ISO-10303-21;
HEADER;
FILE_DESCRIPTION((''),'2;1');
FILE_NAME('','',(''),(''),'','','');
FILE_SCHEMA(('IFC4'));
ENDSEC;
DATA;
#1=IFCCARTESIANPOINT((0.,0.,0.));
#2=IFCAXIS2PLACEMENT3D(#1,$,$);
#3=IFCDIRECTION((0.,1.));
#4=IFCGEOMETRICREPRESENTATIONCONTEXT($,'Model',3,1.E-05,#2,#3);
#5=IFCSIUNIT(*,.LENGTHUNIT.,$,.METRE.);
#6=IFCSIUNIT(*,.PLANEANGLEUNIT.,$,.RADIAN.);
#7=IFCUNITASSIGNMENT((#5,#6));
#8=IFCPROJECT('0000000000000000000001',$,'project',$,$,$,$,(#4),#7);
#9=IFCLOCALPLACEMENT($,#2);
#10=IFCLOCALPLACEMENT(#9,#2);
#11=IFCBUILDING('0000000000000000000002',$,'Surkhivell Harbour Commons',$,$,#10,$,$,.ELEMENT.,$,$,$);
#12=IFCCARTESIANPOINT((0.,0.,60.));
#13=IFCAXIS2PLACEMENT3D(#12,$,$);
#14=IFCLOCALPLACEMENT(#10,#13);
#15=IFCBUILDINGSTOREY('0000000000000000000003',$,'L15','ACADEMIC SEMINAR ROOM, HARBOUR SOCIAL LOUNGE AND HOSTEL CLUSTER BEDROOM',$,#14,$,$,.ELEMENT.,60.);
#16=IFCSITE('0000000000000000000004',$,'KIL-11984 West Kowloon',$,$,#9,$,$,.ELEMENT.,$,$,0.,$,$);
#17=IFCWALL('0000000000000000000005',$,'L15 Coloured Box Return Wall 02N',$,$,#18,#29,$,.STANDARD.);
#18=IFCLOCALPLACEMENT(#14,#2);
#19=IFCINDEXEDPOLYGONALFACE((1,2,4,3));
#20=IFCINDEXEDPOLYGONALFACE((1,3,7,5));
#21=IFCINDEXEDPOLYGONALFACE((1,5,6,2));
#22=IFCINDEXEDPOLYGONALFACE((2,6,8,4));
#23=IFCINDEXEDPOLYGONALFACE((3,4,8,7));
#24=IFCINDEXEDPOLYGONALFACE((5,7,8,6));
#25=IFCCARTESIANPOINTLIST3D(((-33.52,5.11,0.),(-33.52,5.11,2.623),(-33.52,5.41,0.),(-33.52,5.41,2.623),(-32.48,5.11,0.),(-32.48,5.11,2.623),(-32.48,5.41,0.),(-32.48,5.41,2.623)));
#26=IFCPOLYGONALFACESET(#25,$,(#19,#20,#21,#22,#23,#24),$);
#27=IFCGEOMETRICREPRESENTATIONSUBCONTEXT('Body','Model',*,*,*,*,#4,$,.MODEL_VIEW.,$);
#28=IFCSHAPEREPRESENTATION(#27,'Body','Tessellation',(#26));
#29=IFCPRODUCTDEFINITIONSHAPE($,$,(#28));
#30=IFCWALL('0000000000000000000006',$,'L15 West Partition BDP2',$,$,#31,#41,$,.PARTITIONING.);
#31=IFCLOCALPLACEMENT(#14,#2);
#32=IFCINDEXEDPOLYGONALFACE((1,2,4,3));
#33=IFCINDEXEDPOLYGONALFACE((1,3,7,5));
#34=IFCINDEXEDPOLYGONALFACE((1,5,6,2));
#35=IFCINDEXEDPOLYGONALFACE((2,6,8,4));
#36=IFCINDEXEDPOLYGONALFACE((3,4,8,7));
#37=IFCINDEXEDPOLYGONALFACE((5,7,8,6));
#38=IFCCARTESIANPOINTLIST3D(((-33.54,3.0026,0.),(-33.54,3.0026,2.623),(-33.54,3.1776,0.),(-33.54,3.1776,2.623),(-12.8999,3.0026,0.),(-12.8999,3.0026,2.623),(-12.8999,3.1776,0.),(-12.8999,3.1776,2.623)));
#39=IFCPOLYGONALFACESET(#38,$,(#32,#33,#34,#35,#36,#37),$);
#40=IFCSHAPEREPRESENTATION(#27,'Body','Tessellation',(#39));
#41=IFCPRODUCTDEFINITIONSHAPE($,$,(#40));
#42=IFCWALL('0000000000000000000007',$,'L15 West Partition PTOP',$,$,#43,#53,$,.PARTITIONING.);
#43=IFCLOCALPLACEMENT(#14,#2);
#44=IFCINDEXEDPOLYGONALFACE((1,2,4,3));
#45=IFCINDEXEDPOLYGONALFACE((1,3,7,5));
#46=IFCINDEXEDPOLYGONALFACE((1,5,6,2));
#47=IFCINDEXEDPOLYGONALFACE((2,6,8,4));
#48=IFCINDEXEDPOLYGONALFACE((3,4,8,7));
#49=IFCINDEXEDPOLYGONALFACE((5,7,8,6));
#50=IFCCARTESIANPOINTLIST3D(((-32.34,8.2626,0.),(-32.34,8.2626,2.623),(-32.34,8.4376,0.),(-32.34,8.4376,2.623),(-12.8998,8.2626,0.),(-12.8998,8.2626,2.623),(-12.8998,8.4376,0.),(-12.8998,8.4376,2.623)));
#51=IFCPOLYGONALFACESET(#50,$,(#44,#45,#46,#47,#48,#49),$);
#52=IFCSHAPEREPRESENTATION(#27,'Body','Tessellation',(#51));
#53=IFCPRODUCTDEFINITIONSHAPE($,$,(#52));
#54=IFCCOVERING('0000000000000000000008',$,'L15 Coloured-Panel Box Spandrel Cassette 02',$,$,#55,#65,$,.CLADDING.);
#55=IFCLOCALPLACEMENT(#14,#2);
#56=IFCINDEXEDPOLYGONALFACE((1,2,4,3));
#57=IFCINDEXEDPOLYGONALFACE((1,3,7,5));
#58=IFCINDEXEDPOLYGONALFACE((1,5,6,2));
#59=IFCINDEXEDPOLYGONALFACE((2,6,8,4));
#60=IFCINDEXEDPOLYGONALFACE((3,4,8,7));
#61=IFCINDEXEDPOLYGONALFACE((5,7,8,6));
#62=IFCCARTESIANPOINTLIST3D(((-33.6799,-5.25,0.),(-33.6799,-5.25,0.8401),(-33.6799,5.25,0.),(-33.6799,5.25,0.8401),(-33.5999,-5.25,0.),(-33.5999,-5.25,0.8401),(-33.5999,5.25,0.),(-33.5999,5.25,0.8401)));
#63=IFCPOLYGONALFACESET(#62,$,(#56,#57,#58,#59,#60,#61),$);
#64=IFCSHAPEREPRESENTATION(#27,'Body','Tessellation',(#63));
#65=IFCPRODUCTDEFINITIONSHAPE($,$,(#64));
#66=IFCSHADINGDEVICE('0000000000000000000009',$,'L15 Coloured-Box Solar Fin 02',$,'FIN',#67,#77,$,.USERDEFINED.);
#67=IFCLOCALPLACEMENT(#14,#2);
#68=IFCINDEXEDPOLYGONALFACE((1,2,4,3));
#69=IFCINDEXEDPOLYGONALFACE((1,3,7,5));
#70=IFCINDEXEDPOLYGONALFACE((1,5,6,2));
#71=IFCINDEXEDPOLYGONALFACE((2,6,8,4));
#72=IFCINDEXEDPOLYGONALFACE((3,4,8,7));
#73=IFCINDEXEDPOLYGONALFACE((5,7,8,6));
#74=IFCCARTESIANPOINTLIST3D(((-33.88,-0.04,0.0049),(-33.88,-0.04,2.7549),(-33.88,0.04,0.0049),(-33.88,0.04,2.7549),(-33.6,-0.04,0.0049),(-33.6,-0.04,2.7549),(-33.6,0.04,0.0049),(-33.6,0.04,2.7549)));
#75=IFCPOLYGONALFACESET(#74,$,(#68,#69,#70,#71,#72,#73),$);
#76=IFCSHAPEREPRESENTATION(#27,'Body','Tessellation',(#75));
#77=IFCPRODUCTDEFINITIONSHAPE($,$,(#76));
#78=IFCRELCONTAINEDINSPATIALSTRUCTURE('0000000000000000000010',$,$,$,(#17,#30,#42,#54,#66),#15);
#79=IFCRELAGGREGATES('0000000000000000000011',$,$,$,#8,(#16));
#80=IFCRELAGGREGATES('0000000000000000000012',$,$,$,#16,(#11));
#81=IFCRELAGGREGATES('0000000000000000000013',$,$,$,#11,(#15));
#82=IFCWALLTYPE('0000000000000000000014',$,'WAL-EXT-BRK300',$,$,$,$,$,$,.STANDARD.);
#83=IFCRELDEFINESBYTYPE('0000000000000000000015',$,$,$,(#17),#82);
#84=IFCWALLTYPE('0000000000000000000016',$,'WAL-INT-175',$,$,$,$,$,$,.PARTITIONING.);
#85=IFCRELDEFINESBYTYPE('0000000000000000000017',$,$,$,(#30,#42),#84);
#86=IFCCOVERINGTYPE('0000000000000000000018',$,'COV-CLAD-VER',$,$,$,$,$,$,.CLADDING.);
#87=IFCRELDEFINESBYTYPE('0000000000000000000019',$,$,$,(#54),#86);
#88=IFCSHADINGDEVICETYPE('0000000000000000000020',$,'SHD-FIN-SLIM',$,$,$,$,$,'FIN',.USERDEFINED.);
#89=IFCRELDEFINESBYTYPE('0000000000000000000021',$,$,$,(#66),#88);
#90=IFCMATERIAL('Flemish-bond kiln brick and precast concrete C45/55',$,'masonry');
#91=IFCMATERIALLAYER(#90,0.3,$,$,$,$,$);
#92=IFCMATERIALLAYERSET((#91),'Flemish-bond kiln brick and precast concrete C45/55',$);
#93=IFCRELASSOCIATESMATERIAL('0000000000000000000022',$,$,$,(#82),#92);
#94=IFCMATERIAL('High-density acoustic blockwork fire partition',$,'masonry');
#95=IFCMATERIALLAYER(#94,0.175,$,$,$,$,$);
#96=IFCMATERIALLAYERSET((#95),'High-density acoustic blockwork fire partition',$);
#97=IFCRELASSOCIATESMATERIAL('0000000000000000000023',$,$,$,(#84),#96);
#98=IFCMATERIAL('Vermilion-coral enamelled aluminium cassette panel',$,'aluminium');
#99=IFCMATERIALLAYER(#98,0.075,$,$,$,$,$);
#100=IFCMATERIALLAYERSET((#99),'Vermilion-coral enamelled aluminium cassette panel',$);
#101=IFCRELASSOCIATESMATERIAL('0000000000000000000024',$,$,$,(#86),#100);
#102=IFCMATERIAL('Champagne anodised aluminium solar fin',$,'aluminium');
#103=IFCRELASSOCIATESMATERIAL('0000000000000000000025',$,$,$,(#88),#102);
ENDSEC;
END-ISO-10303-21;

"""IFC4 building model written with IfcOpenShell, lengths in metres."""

from ifc_helpers import new_model, si_unit, direction, frame, frame_2d, origin, origin_2d, place, context, subcontext, project, spatial, rectangle, extrude, material, layer, layer_set, type_object, element, save


model = new_model("IFC4")

# Units and contexts
model_context = context("Model", 3, precision=1e-05, world=origin(), true_north=direction((0.0, 1.0)))
body_context = subcontext(model_context, "Body", "Model", "MODEL_VIEW")
ifc_project = project(units=[si_unit("LENGTHUNIT", "METRE"), si_unit("PLANEANGLEUNIT", "RADIAN")], contexts=[model_context])

# Site, building, storey
site_placement = place(None, origin())
site = spatial("IfcSite", under=ifc_project, at=site_placement, Name="KIL-11984 West Kowloon", CompositionType="ELEMENT", RefElevation=0.0)
building_placement = place(site_placement, origin())
building = spatial("IfcBuilding", under=site, at=building_placement, Name="Surkhivell Harbour Commons", CompositionType="ELEMENT")
storey_placement = place(building_placement, frame((0.0, 0.0, 60.0)))
storey = spatial("IfcBuildingStorey", under=building, at=storey_placement, Name="L15", Description="ACADEMIC SEMINAR ROOM, HARBOUR SOCIAL LOUNGE AND HOSTEL CLUSTER BEDROOM", CompositionType="ELEMENT", Elevation=60.0)

# Shared definitions
ifc_material_1 = material(Name="Flemish-bond kiln brick and precast concrete C45/55", Category="masonry")
ifc_layer_1 = layer(ifc_material_1, 0.3)
ifc_layer_set_1 = layer_set([ifc_layer_1], Name="Flemish-bond kiln brick and precast concrete C45/55")
wall_type_1 = type_object("IfcWallType", Name="WAL-EXT-BRK300", PredefinedType="STANDARD", material=ifc_layer_set_1)

# Walls
wall_1_placement = place(storey_placement, frame((-33.52, 5.26, 0.0), z_axis=(0.0, 0.0, 1.0), x_axis=(1.0, 0.0, 0.0)))
element("IfcWall", 1, at=wall_1_placement, inside=storey, type_object=wall_type_1, Name="L15 Coloured Box Return Wall 02N", PredefinedType="STANDARD", context=body_context, shape_type="SweptSolid", body=[
    extrude(rectangle(XDim=1.04, YDim=0.3, at=frame_2d((0.52, 0.0))), origin(), (0.0, 0.0, 1.0), 2.623),
])
ifc_material_2 = material(Name="High-density acoustic blockwork fire partition", Category="masonry")
ifc_layer_2 = layer(ifc_material_2, 0.175)
ifc_layer_set_2 = layer_set([ifc_layer_2], Name="High-density acoustic blockwork fire partition")
wall_type_2 = type_object("IfcWallType", Name="WAL-INT-175", PredefinedType="PARTITIONING", material=ifc_layer_set_2)
wall_2_placement = place(storey_placement, frame((-33.54, 3.0901, 0.0), z_axis=(0.0, 0.0, 1.0), x_axis=(1.0, 0.0, 0.0)))
element("IfcWall", 2, at=wall_2_placement, inside=storey, type_object=wall_type_2, Name="L15 West Partition BDP2", PredefinedType="PARTITIONING", context=body_context, shape_type="SweptSolid", body=[
    extrude(rectangle(XDim=20.6401, YDim=0.175, at=frame_2d((10.3201, 0.0))), origin(), (0.0, 0.0, 1.0), 2.623),
])
wall_3_placement = place(storey_placement, frame((-32.3401, 8.3501, 0.0), z_axis=(0.0, 0.0, 1.0), x_axis=(1.0, 0.0, 0.0)))
element("IfcWall", 3, at=wall_3_placement, inside=storey, type_object=wall_type_2, Name="L15 West Partition PTOP", PredefinedType="PARTITIONING", context=body_context, shape_type="SweptSolid", body=[
    extrude(rectangle(XDim=19.4402, YDim=0.175, at=frame_2d((9.7202, 0.0))), origin(), (0.0, 0.0, 1.0), 2.623),
])

# Covering
ifc_material_3 = material(Name="Vermilion-coral enamelled aluminium cassette panel", Category="aluminium")
ifc_layer_3 = layer(ifc_material_3, 0.075)
ifc_layer_set_3 = layer_set([ifc_layer_3], Name="Vermilion-coral enamelled aluminium cassette panel")
covering_type = type_object("IfcCoveringType", Name="COV-CLAD-VER", PredefinedType="CLADDING", material=ifc_layer_set_3)
covering_placement = place(storey_placement, frame((-33.6399, 0.0, 0.0), z_axis=(0.0, 0.0, 1.0), x_axis=(1.0, 0.0, 0.0)))
element("IfcCovering", 4, at=covering_placement, inside=storey, type_object=covering_type, Name="L15 Coloured-Panel Box Spandrel Cassette 02", PredefinedType="CLADDING", context=body_context, shape_type="SweptSolid", body=[
    extrude(rectangle(XDim=0.0801, YDim=10.5, at=origin_2d()), origin(), (0.0, 0.0, 1.0), 0.8401),
])

# Shading device
ifc_material_4 = material(Name="Champagne anodised aluminium solar fin", Category="aluminium")
shading_device_type = type_object("IfcShadingDeviceType", Name="SHD-FIN-SLIM", ElementType="FIN", PredefinedType="USERDEFINED", material=ifc_material_4)
shading_device_placement = place(storey_placement, frame((-33.74, 0.0, 0.0049), z_axis=(0.0, 0.0, 1.0), x_axis=(1.0, 0.0, 0.0)))
element("IfcShadingDevice", 5, at=shading_device_placement, inside=storey, type_object=shading_device_type, Name="L15 Coloured-Box Solar Fin 02", ObjectType="FIN", PredefinedType="USERDEFINED", context=body_context, shape_type="SweptSolid", body=[
    extrude(rectangle(XDim=0.28, YDim=0.0801, at=origin_2d()), origin(), (0.0, 0.0, 1.0), 2.75),
])

save(model, "model.ifc")
